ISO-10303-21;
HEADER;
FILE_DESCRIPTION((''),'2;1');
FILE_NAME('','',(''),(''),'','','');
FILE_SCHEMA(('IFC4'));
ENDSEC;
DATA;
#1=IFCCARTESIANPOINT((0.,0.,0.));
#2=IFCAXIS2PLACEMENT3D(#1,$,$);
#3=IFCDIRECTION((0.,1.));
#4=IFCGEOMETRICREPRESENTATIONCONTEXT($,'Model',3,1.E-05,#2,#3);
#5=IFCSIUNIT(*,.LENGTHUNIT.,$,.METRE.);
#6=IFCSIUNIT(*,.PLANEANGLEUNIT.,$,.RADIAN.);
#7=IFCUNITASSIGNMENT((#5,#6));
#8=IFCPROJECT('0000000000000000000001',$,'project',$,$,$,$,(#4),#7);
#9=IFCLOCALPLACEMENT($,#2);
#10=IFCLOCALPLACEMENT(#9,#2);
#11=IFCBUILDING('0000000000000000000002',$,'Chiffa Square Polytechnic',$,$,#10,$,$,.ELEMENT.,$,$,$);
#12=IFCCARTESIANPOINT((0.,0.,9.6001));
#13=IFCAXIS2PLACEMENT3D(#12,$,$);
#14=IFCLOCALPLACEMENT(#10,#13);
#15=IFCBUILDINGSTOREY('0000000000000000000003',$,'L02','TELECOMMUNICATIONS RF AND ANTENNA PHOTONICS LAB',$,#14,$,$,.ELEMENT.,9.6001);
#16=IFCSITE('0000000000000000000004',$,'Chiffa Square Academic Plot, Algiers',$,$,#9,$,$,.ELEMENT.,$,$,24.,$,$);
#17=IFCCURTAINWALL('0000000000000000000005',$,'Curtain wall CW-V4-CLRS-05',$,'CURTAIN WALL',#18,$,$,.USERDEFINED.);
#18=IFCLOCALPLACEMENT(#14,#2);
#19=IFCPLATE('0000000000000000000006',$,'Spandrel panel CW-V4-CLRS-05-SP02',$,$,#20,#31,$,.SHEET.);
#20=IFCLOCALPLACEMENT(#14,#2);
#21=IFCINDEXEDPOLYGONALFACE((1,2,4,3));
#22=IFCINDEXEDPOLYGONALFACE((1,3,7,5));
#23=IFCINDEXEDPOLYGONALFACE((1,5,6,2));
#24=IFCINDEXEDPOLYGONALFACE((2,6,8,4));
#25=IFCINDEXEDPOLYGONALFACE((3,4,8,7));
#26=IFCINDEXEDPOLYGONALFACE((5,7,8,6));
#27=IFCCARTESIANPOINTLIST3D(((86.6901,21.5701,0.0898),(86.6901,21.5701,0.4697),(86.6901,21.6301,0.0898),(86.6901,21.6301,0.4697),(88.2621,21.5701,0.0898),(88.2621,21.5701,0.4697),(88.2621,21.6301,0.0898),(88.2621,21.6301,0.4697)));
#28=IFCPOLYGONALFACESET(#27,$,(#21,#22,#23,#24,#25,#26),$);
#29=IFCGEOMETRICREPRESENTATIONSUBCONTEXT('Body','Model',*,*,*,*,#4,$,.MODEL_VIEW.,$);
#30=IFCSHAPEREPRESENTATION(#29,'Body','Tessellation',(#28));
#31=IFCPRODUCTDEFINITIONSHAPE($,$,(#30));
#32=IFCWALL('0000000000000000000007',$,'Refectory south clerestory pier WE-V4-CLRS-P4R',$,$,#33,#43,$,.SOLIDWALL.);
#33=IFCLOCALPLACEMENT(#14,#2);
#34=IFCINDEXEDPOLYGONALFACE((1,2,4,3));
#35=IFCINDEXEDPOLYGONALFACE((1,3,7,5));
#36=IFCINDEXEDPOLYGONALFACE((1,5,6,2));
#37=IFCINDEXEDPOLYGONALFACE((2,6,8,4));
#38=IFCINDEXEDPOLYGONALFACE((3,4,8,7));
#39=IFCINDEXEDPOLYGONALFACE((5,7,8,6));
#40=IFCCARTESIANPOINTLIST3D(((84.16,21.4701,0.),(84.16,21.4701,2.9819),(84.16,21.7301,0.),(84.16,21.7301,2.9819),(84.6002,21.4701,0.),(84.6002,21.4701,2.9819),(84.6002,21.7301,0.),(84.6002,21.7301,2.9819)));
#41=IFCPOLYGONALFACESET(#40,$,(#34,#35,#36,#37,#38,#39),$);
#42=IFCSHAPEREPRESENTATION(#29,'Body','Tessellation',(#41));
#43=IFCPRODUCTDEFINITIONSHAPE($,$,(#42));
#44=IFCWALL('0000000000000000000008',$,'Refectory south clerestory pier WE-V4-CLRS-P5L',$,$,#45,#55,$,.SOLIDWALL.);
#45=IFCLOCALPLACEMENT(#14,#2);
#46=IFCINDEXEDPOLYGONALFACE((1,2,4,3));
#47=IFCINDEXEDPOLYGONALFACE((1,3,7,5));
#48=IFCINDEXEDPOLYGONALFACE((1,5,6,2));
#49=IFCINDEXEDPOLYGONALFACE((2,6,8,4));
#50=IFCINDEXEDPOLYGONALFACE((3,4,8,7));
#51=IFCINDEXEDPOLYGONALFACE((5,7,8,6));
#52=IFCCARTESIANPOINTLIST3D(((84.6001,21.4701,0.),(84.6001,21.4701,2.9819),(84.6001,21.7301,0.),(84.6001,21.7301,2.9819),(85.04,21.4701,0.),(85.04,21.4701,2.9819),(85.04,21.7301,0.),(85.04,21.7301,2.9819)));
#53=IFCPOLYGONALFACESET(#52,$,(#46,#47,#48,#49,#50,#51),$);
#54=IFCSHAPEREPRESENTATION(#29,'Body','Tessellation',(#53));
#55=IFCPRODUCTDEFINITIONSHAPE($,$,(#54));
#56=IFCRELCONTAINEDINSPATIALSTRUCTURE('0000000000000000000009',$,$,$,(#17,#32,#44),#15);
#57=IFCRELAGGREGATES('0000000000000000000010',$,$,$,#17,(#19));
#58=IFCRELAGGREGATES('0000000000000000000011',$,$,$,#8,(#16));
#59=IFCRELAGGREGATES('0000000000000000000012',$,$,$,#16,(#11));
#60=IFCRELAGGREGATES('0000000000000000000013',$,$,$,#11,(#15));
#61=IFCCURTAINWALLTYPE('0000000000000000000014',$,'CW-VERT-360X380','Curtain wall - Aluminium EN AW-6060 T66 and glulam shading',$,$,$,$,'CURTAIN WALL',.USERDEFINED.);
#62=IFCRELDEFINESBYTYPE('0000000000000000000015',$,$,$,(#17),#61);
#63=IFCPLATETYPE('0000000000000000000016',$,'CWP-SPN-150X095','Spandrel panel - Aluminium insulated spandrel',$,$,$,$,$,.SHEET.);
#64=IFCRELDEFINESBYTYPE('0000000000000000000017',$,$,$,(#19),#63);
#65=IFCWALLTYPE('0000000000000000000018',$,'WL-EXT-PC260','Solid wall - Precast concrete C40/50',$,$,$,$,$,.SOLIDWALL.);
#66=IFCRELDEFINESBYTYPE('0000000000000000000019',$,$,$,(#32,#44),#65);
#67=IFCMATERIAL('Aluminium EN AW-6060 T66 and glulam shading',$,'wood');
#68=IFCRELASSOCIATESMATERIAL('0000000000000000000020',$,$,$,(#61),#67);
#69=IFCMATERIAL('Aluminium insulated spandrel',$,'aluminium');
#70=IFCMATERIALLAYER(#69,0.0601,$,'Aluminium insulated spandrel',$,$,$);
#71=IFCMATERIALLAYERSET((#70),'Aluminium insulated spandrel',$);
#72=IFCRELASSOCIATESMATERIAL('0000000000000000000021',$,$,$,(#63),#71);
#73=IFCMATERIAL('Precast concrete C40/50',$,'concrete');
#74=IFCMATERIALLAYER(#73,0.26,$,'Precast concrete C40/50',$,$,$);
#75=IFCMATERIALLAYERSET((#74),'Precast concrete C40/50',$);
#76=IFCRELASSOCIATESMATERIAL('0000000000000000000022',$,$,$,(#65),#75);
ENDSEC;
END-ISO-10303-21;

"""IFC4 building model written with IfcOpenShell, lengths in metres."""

from ifc_helpers import new_model, si_unit, direction, frame, frame_2d, origin, origin_2d, place, context, subcontext, project, spatial, rectangle, extrude, material, layer, layer_set, type_object, element, aggregate, save


model = new_model("IFC4")

# Units and contexts
model_context = context("Model", 3, precision=1e-05, world=origin(), true_north=direction((0.0, 1.0)))
body_context = subcontext(model_context, "Body", "Model", "MODEL_VIEW")
ifc_project = project(units=[si_unit("LENGTHUNIT", "METRE"), si_unit("PLANEANGLEUNIT", "RADIAN")], contexts=[model_context])

# Site, building, storey
site_placement = place(None, origin())
site = spatial("IfcSite", under=ifc_project, at=site_placement, Name="Chiffa Square Academic Plot, Algiers", CompositionType="ELEMENT", RefElevation=24.0)
building_placement = place(site_placement, origin())
building = spatial("IfcBuilding", under=site, at=building_placement, Name="Chiffa Square Polytechnic", CompositionType="ELEMENT")
storey_placement = place(building_placement, frame((0.0, 0.0, 9.6001)))
storey = spatial("IfcBuildingStorey", under=building, at=storey_placement, Name="L02", Description="TELECOMMUNICATIONS RF AND ANTENNA PHOTONICS LAB", CompositionType="ELEMENT", Elevation=9.6001)

# Curtain wall
ifc_material_1 = material(Name="Aluminium EN AW-6060 T66 and glulam shading", Category="wood")
curtain_wall_type_1 = type_object("IfcCurtainWallType", Name="CW-VERT-360X380", Description="Curtain wall - Aluminium EN AW-6060 T66 and glulam shading", ElementType="CURTAIN WALL", PredefinedType="USERDEFINED", material=ifc_material_1)
curtain_wall_1_placement = place(storey_placement, origin())
curtain_wall_1 = element("IfcCurtainWall", 1, at=curtain_wall_1_placement, inside=storey, type_object=curtain_wall_type_1, Name="Curtain wall CW-V4-CLRS-05", ObjectType="CURTAIN WALL", PredefinedType="USERDEFINED")

# Plate
ifc_material_2 = material(Name="Aluminium insulated spandrel", Category="aluminium")
ifc_layer_1 = layer(ifc_material_2, 0.0601, Name="Aluminium insulated spandrel")
ifc_layer_set_1 = layer_set([ifc_layer_1], Name="Aluminium insulated spandrel")
plate_type_1 = type_object("IfcPlateType", Name="CWP-SPN-150X095", Description="Spandrel panel - Aluminium insulated spandrel", PredefinedType="SHEET", material=ifc_layer_set_1)
plate_1_placement = place(storey_placement, frame((87.4761, 21.6001, 0.0898), z_axis=(0.0, 0.0, 1.0), x_axis=(1.0, 0.0, 0.0)))
plate_1 = element("IfcPlate", 2, at=plate_1_placement, type_object=plate_type_1, Name="Spandrel panel CW-V4-CLRS-05-SP02", PredefinedType="SHEET", context=body_context, shape_type="SweptSolid", body=[
    extrude(rectangle(XDim=1.572, YDim=0.0601, at=origin_2d()), origin(), (0.0, 0.0, 1.0), 0.3799),
])
aggregate(curtain_wall_1, [plate_1])

# Walls
ifc_material_3 = material(Name="Precast concrete C40/50", Category="concrete")
ifc_layer_2 = layer(ifc_material_3, 0.26, Name="Precast concrete C40/50")
ifc_layer_set_2 = layer_set([ifc_layer_2], Name="Precast concrete C40/50")
wall_type = type_object("IfcWallType", Name="WL-EXT-PC260", Description="Solid wall - Precast concrete C40/50", PredefinedType="SOLIDWALL", material=ifc_layer_set_2)
wall_1_placement = place(storey_placement, frame((84.1599, 21.6001, 0.0), z_axis=(0.0, 0.0, 1.0), x_axis=(1.0, 0.0, 0.0)))
element("IfcWall", 3, at=wall_1_placement, inside=storey, type_object=wall_type, Name="Refectory south clerestory pier WE-V4-CLRS-P4R", PredefinedType="SOLIDWALL", context=body_context, shape_type="SweptSolid", body=[
    extrude(rectangle(XDim=0.4402, YDim=0.26, at=frame_2d((0.2202, 0.0))), origin(), (0.0, 0.0, 1.0), 2.9819),
])
wall_2_placement = place(storey_placement, frame((84.6001, 21.6001, 0.0), z_axis=(0.0, 0.0, 1.0), x_axis=(1.0, 0.0, 0.0)))
element("IfcWall", 4, at=wall_2_placement, inside=storey, type_object=wall_type, Name="Refectory south clerestory pier WE-V4-CLRS-P5L", PredefinedType="SOLIDWALL", context=body_context, shape_type="SweptSolid", body=[
    extrude(rectangle(XDim=0.4399, YDim=0.26, at=frame_2d((0.22, 0.0))), origin(), (0.0, 0.0, 1.0), 2.9819),
])

save(model, "model.ifc")
